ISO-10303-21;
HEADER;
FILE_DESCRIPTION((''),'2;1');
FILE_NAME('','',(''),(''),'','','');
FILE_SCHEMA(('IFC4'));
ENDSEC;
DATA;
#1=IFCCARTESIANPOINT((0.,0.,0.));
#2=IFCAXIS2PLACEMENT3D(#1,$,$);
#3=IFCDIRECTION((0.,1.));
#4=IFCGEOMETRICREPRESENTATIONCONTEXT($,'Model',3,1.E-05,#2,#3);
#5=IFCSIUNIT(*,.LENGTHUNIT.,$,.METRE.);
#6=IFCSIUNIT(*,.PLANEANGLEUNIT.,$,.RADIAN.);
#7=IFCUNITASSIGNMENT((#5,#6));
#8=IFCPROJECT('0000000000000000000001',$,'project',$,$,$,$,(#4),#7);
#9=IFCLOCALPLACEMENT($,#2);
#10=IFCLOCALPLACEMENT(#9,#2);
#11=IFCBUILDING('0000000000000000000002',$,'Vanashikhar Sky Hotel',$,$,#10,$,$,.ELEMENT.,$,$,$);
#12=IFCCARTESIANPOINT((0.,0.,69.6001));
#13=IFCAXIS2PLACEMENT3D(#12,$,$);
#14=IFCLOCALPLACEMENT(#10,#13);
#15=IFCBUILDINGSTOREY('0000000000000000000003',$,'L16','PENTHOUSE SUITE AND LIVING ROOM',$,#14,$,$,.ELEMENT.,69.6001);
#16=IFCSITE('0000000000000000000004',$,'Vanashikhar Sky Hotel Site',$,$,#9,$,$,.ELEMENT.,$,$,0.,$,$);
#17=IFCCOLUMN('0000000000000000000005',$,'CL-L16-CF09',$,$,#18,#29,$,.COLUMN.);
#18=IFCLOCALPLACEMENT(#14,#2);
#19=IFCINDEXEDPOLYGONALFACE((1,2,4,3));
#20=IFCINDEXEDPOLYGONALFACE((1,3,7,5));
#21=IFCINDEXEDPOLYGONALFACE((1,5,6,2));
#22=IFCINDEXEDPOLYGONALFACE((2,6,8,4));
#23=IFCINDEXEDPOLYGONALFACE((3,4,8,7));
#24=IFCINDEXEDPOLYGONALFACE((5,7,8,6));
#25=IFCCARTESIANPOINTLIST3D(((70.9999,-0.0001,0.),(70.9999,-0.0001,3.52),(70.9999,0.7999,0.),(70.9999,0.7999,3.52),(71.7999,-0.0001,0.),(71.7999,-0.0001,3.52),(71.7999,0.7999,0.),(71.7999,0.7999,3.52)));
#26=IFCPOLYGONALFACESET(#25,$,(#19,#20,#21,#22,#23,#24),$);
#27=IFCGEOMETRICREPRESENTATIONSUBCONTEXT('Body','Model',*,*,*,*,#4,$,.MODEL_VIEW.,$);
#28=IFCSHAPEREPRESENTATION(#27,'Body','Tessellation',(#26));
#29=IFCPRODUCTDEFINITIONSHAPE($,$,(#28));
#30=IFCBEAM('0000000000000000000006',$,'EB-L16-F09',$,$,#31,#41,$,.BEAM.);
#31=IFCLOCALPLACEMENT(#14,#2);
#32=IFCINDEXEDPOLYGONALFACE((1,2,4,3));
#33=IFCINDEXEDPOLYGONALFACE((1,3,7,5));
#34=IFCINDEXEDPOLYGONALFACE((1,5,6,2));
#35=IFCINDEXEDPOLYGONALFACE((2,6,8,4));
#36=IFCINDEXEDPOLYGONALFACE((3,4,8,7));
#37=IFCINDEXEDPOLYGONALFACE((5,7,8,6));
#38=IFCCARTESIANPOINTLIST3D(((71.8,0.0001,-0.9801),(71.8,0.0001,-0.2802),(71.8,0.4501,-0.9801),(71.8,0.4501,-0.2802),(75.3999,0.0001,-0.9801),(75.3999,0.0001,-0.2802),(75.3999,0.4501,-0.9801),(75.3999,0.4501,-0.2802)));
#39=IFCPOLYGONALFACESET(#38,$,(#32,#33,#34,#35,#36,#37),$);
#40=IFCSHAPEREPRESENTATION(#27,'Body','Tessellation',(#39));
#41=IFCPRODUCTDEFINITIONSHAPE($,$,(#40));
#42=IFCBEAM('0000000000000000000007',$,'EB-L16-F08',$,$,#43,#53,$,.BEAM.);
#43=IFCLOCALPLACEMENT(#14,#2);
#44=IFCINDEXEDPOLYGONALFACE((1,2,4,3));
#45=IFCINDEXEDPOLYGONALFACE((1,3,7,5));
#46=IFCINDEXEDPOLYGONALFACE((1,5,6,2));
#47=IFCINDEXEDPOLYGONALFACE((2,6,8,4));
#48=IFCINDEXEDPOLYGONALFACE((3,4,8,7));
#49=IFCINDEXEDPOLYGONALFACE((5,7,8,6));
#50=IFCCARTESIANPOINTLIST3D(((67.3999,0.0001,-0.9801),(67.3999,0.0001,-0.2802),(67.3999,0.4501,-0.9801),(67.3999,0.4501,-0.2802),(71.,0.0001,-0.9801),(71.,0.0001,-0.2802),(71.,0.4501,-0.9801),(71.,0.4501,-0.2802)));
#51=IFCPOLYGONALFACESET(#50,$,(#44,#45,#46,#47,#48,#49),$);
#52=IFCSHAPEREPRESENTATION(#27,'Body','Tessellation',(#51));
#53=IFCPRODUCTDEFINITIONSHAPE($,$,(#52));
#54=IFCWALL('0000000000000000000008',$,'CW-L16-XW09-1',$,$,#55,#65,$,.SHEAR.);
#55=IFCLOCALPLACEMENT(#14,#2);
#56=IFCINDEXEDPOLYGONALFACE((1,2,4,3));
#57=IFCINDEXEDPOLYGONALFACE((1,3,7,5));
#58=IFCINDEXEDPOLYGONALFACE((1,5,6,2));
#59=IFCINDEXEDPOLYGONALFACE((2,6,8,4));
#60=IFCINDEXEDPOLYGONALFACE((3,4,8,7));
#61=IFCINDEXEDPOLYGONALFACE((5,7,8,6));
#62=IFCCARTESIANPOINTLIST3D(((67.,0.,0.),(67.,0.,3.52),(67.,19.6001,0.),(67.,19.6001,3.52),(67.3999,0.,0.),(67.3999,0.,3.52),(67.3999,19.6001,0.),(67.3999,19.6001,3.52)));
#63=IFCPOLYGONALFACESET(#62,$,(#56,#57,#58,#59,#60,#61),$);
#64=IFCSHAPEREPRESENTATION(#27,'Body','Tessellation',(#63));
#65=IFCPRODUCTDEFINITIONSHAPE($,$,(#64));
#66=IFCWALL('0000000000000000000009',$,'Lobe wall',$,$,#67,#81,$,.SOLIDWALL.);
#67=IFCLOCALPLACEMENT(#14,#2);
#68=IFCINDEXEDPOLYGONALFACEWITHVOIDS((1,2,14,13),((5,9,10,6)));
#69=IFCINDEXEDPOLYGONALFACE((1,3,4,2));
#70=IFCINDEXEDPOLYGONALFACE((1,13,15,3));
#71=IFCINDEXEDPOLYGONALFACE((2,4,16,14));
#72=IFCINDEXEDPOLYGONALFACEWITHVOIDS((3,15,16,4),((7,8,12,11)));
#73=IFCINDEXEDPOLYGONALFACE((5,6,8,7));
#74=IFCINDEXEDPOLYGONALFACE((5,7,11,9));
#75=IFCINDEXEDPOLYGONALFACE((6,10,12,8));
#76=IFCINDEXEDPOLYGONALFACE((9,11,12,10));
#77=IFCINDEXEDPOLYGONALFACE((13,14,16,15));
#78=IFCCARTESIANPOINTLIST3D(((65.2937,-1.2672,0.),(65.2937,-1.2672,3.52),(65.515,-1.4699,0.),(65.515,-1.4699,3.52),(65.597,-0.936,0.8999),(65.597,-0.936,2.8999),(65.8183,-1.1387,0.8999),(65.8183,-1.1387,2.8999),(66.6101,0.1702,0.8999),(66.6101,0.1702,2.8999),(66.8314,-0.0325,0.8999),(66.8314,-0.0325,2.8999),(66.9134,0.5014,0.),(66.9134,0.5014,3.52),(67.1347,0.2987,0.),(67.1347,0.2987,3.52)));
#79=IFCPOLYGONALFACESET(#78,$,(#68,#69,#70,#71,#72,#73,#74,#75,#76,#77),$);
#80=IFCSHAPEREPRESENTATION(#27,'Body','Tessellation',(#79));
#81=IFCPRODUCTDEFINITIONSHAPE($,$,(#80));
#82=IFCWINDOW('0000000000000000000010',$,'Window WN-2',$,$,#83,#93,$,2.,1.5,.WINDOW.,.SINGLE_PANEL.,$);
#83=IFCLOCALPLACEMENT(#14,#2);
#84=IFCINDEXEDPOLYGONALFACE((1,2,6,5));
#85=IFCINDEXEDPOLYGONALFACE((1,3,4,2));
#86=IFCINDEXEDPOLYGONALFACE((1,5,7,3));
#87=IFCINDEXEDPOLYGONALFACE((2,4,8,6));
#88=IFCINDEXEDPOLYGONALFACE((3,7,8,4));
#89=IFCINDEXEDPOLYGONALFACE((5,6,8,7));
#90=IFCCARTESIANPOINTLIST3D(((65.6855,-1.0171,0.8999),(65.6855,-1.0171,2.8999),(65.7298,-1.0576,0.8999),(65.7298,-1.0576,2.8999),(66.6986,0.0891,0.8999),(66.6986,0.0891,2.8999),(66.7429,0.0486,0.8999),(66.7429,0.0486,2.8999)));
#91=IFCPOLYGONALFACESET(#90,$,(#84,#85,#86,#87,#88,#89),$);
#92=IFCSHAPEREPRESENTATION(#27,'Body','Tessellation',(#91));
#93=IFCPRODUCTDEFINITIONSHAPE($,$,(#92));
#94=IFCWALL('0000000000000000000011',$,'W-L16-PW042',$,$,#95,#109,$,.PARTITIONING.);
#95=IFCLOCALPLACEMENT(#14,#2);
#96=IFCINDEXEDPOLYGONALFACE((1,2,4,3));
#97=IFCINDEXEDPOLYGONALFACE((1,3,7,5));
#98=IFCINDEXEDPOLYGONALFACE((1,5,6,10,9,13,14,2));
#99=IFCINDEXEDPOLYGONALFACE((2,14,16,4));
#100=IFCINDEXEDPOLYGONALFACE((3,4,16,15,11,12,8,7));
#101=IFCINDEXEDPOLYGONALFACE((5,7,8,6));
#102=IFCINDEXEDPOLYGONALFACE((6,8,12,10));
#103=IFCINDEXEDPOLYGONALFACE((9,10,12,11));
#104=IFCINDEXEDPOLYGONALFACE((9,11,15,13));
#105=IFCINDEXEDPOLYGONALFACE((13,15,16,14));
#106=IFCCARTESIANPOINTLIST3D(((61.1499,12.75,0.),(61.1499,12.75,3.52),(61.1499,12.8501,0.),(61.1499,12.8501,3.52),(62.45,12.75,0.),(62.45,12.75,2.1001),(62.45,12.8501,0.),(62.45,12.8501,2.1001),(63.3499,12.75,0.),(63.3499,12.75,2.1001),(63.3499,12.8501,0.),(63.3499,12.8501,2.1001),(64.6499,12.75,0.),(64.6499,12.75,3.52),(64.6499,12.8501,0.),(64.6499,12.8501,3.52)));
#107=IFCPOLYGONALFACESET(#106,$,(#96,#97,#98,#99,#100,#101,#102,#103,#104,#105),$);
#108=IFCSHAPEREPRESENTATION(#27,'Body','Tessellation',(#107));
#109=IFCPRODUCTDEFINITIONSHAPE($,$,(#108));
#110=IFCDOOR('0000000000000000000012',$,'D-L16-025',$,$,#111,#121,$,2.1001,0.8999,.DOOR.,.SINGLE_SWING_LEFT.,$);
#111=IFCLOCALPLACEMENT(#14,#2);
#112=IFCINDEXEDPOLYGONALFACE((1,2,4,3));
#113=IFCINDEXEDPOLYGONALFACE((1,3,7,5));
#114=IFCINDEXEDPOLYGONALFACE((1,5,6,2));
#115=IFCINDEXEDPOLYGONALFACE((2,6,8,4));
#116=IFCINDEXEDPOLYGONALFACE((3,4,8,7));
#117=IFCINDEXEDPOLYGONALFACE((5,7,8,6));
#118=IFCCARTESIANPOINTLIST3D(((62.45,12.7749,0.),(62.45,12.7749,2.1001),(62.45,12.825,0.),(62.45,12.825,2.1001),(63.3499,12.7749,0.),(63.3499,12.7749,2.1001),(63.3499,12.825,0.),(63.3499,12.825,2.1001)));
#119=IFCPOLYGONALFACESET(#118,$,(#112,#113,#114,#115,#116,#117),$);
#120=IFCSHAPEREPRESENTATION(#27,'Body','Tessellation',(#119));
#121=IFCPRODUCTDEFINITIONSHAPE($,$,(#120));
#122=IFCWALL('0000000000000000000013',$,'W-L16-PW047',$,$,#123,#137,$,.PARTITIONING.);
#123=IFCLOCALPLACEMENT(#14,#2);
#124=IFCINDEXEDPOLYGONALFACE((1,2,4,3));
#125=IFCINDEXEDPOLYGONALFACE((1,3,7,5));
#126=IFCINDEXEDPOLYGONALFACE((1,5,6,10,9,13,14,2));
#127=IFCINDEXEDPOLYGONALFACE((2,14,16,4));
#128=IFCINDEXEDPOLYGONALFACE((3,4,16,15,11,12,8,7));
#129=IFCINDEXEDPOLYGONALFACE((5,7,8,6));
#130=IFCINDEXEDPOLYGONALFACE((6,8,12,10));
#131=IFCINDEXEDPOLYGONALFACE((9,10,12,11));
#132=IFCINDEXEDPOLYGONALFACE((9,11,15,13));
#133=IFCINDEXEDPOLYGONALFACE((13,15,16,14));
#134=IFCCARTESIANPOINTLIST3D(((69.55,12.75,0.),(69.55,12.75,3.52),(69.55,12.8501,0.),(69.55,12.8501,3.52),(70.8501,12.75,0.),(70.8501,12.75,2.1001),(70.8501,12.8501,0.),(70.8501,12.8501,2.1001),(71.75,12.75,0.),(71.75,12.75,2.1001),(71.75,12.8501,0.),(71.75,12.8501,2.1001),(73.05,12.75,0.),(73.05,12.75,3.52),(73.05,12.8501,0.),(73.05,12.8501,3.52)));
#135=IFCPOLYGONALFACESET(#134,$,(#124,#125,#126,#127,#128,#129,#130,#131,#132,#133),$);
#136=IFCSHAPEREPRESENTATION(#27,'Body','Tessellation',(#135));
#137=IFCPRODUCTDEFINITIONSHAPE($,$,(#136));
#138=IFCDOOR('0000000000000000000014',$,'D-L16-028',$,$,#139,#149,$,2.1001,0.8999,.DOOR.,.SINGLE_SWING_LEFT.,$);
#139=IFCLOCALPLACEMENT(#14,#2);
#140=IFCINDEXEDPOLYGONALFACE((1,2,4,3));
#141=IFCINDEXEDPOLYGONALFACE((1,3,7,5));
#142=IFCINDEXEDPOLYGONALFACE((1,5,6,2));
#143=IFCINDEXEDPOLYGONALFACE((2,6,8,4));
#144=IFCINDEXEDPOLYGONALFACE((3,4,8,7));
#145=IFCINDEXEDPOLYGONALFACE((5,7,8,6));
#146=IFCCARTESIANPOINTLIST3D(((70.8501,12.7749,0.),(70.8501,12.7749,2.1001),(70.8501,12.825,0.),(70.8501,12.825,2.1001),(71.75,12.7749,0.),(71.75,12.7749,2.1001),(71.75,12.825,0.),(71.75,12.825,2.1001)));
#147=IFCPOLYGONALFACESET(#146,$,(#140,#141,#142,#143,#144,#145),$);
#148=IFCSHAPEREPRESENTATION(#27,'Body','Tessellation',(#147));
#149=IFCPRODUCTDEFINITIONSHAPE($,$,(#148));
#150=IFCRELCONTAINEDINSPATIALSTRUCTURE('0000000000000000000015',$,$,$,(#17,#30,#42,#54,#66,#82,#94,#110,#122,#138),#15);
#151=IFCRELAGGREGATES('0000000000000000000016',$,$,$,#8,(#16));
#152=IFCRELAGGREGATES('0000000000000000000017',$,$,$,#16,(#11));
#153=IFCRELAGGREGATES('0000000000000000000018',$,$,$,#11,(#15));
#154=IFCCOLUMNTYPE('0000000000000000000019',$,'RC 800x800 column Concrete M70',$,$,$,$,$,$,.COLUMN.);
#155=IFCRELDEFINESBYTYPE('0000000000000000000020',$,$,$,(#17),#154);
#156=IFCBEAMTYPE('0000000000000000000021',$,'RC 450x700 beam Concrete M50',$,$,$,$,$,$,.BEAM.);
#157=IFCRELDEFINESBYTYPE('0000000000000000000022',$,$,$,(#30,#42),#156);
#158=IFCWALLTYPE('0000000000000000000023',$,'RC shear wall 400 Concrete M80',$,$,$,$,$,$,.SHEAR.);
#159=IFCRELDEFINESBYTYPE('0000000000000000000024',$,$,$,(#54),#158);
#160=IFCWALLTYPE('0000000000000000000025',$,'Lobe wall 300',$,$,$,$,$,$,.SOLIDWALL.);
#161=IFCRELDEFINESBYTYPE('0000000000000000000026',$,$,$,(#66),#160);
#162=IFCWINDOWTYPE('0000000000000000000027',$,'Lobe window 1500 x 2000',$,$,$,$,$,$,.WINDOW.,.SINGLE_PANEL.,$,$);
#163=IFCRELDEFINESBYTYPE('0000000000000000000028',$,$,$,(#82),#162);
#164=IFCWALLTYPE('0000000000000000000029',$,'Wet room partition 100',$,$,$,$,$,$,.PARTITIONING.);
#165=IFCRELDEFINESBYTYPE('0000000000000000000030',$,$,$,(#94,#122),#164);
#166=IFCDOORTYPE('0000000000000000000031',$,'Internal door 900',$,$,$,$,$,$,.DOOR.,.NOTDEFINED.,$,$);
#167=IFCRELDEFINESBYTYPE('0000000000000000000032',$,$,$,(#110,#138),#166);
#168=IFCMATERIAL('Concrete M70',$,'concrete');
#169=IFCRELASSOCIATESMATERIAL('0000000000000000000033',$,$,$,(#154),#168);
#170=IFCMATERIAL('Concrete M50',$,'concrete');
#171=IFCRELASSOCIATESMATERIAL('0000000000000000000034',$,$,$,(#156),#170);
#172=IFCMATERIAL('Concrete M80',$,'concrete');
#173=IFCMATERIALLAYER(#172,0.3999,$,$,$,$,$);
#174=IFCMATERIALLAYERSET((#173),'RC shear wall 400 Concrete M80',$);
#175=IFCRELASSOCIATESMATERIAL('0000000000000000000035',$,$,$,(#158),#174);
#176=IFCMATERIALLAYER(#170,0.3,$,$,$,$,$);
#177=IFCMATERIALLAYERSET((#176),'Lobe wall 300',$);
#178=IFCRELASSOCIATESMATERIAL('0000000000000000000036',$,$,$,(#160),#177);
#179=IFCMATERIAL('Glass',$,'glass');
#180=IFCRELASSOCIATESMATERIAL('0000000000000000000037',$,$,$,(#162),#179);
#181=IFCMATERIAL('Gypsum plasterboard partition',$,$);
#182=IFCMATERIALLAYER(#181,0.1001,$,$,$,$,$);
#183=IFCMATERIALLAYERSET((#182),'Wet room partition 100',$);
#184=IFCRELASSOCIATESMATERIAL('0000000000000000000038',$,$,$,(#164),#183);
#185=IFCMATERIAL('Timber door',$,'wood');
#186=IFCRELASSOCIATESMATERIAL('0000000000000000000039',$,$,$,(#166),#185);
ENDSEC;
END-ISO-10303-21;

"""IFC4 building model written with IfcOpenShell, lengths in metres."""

from ifc_helpers import new_model, si_unit, direction, frame, frame_2d, origin, origin_2d, place, context, subcontext, project, spatial, rectangle, extrude, source, transform, mapped, material, layer, layer_set, material_profile, profile_set, type_object, element, fill, save


model = new_model("IFC4")

# Units and contexts
model_context = context("Model", 3, precision=1e-05, world=origin(), true_north=direction((0.0, 1.0)))
body_context = subcontext(model_context, "Body", "Model", "MODEL_VIEW")
ifc_project = project(units=[si_unit("LENGTHUNIT", "METRE"), si_unit("PLANEANGLEUNIT", "RADIAN")], contexts=[model_context])

# Site, building, storey
site_placement = place(None, origin())
site = spatial("IfcSite", under=ifc_project, at=site_placement, Name="Vanashikhar Sky Hotel Site", CompositionType="ELEMENT", RefElevation=0.0)
building_placement = place(site_placement, origin())
building = spatial("IfcBuilding", under=site, at=building_placement, Name="Vanashikhar Sky Hotel", CompositionType="ELEMENT")
storey_placement = place(building_placement, frame((0.0, 0.0, 69.6001)))
storey = spatial("IfcBuildingStorey", under=building, at=storey_placement, Name="L16", Description="PENTHOUSE SUITE AND LIVING ROOM", CompositionType="ELEMENT", Elevation=69.6001)

# Column
ifc_material_1 = material(Name="Concrete M70", Category="concrete")
ifc_material_profile_1 = material_profile(ifc_material_1, rectangle(XDim=0.8, YDim=0.8, at=origin_2d()))
ifc_profile_set_1 = profile_set([ifc_material_profile_1], Name="RC 800x800 column Concrete M70")
column_type = type_object("IfcColumnType", Name="RC 800x800 column Concrete M70", PredefinedType="COLUMN", material=ifc_profile_set_1)
shared_shape_1 = source(origin(), body_context, "Body", "SweptSolid", [
    extrude(rectangle(XDim=0.8, YDim=0.8, at=origin_2d()), origin(), (0.0, 0.0, 1.0), 3.52),
])
column_placement = place(storey_placement, frame((71.3999, 0.3999, 0.0), z_axis=(0.0, 0.0, 1.0), x_axis=(1.0, 0.0, 0.0)))
element("IfcColumn", 1, at=column_placement, inside=storey, type_object=column_type, Name="CL-L16-CF09", PredefinedType="COLUMN", context=body_context, shape_type="MappedRepresentation", body=[
    mapped(shared_shape_1, transform((0.0, 0.0, 0.0), scale=1.0)),
])

# Beams
ifc_material_2 = material(Name="Concrete M50", Category="concrete")
ifc_material_profile_2 = material_profile(ifc_material_2, rectangle(XDim=0.45, YDim=0.7, at=origin_2d()))
ifc_profile_set_2 = profile_set([ifc_material_profile_2], Name="RC 450x700 beam Concrete M50")
beam_type = type_object("IfcBeamType", Name="RC 450x700 beam Concrete M50", PredefinedType="BEAM", material=ifc_profile_set_2)
shared_shape_2 = source(origin(), body_context, "Body", "SweptSolid", [
    extrude(rectangle(XDim=0.45, YDim=0.7, at=origin_2d()), origin(), (0.0, 0.0, 1.0), 3.5999),
])
beam_1_placement = place(storey_placement, frame((71.8, 0.2251, -0.6301), z_axis=(1.0, 0.0, 0.0), x_axis=(0.0, 1.0, 0.0)))
element("IfcBeam", 2, at=beam_1_placement, inside=storey, type_object=beam_type, Name="EB-L16-F09", PredefinedType="BEAM", context=body_context, shape_type="MappedRepresentation", body=[
    mapped(shared_shape_2, transform((0.0, 0.0, 0.0), scale=1.0)),
])
shared_shape_3 = source(origin(), body_context, "Body", "SweptSolid", [
    extrude(rectangle(XDim=0.45, YDim=0.7, at=origin_2d()), origin(), (0.0, 0.0, 1.0), 3.6001),
])
beam_2_placement = place(storey_placement, frame((67.3999, 0.2251, -0.6301), z_axis=(1.0, 0.0, 0.0), x_axis=(0.0, 1.0, 0.0)))
element("IfcBeam", 3, at=beam_2_placement, inside=storey, type_object=beam_type, Name="EB-L16-F08", PredefinedType="BEAM", context=body_context, shape_type="MappedRepresentation", body=[
    mapped(shared_shape_3, transform((0.0, 0.0, 0.0), scale=1.0)),
])

# Wall
ifc_material_3 = material(Name="Concrete M80", Category="concrete")
ifc_layer_1 = layer(ifc_material_3, 0.3999)
ifc_layer_set_1 = layer_set([ifc_layer_1], Name="RC shear wall 400 Concrete M80")
wall_type_1 = type_object("IfcWallType", Name="RC shear wall 400 Concrete M80", PredefinedType="SHEAR", material=ifc_layer_set_1)
shared_shape_4 = source(origin(), body_context, "Body", "SweptSolid", [
    extrude(rectangle(XDim=19.6001, YDim=0.3999, at=frame_2d((9.8, 0.0))), origin(), (0.0, 0.0, 1.0), 3.52),
])
wall_1_placement = place(storey_placement, frame((67.2, 0.0, 0.0), z_axis=(0.0, 0.0, 1.0), x_axis=(0.0, 1.0, 0.0)))
element("IfcWall", 4, at=wall_1_placement, inside=storey, type_object=wall_type_1, Name="CW-L16-XW09-1", PredefinedType="SHEAR", context=body_context, shape_type="MappedRepresentation", body=[
    mapped(shared_shape_4, transform((0.0, 0.0, 0.0), scale=1.0)),
])

# Wall, opening, window
ifc_layer_2 = layer(ifc_material_2, 0.3)
ifc_layer_set_2 = layer_set([ifc_layer_2], Name="Lobe wall 300")
wall_type_2 = type_object("IfcWallType", Name="Lobe wall 300", PredefinedType="SOLIDWALL", material=ifc_layer_set_2)
shared_shape_5 = source(origin(), body_context, "Body", "SweptSolid", [
    extrude(rectangle(XDim=2.3982, YDim=0.3, at=frame_2d((1.1992, 0.0))), origin(), (0.0, 0.0, 1.0), 3.52),
])
wall_2_placement = place(storey_placement, frame((65.4043, -1.3687, 0.0), z_axis=(0.0, 0.0, 1.0), x_axis=(0.675374, 0.737475, 0.0)))
wall_2 = element("IfcWall", 5, at=wall_2_placement, inside=storey, type_object=wall_type_2, Name="Lobe wall", PredefinedType="SOLIDWALL", context=body_context, shape_type="MappedRepresentation", body=[
    mapped(shared_shape_5, transform((0.0, 0.0, 0.0), scale=1.0)),
])
shared_shape_6 = source(origin(), body_context, "Body", "SweptSolid", [
    extrude(rectangle(XDim=1.5, YDim=2.0, at=frame_2d((0.75, 1.0))), frame((0.0, 0.1602, 0.0), z_axis=(0.0, -1.0, 0.0), x_axis=(1.0, 0.0, 0.0)), (0.0, 0.0, 1.0), 0.3201),
])
opening_1_placement = place(wall_2_placement, frame((0.4492, 0.0, 0.8999)))
opening_1 = element("IfcOpeningElement", 6, at=opening_1_placement, cuts=wall_2, PredefinedType="OPENING", context=body_context, shape_type="MappedRepresentation", body=[
    mapped(shared_shape_6, transform((0.0, 0.0, 0.0), scale=1.0)),
])
ifc_material_4 = material(Name="Glass", Category="glass")
window_type_1 = type_object("IfcWindowType", Name="Lobe window 1500 x 2000", PartitioningType="SINGLE_PANEL", PredefinedType="WINDOW", material=ifc_material_4)
shared_shape_7 = source(origin(), body_context, "Body", "SweptSolid", [
    extrude(rectangle(XDim=1.5, YDim=2.0, at=frame_2d((0.75, 1.0))), frame((0.0, 0.03, 0.0), z_axis=(0.0, -1.0, 0.0), x_axis=(1.0, 0.0, 0.0)), (0.0, 0.0, 1.0), 0.0601),
])
window_1_placement = place(opening_1_placement, origin())
window_1 = element("IfcWindow", 7, at=window_1_placement, inside=storey, type_object=window_type_1, Name="Window WN-2", OverallHeight=2.0, OverallWidth=1.5, PartitioningType="SINGLE_PANEL", PredefinedType="WINDOW", context=body_context, shape_type="MappedRepresentation", body=[
    mapped(shared_shape_7, transform((0.0, 0.0, 0.0), scale=1.0)),
])
fill(opening_1, window_1)

# Walls, openings, doors
ifc_material_5 = material(Name="Gypsum plasterboard partition")
ifc_layer_3 = layer(ifc_material_5, 0.1001)
ifc_layer_set_3 = layer_set([ifc_layer_3], Name="Wet room partition 100")
wall_type_3 = type_object("IfcWallType", Name="Wet room partition 100", PredefinedType="PARTITIONING", material=ifc_layer_set_3)
shared_shape_8 = source(origin(), body_context, "Body", "SweptSolid", [
    extrude(rectangle(XDim=3.5, YDim=0.1001, at=frame_2d((1.75, 0.0))), origin(), (0.0, 0.0, 1.0), 3.52),
])
wall_3_placement = place(storey_placement, frame((61.1499, 12.8, 0.0), z_axis=(0.0, 0.0, 1.0), x_axis=(1.0, 0.0, 0.0)))
wall_3 = element("IfcWall", 8, at=wall_3_placement, inside=storey, type_object=wall_type_3, Name="W-L16-PW042", PredefinedType="PARTITIONING", context=body_context, shape_type="MappedRepresentation", body=[
    mapped(shared_shape_8, transform((0.0, 0.0, 0.0), scale=1.0)),
])
shared_shape_9 = source(origin(), body_context, "Body", "SweptSolid", [
    extrude(rectangle(XDim=0.8999, YDim=2.1001, at=frame_2d((0.45, 1.05))), frame((0.0, 0.0601, 0.0), z_axis=(0.0, -1.0, 0.0), x_axis=(1.0, 0.0, 0.0)), (0.0, 0.0, 1.0), 0.1201),
])
opening_2_placement = place(wall_3_placement, frame((1.3, 0.0, 0.0)))
opening_2 = element("IfcOpeningElement", 9, at=opening_2_placement, cuts=wall_3, PredefinedType="OPENING", context=body_context, shape_type="MappedRepresentation", body=[
    mapped(shared_shape_9, transform((0.0, 0.0, 0.0), scale=1.0)),
])
ifc_material_6 = material(Name="Timber door", Category="wood")
door_type_1 = type_object("IfcDoorType", Name="Internal door 900", OperationType="NOTDEFINED", PredefinedType="DOOR", material=ifc_material_6)
shared_shape_10 = source(origin(), body_context, "Body", "SweptSolid", [
    extrude(rectangle(XDim=0.8999, YDim=2.1001, at=frame_2d((0.45, 1.05))), frame((0.0, 0.0249, 0.0), z_axis=(0.0, -1.0, 0.0), x_axis=(1.0, 0.0, 0.0)), (0.0, 0.0, 1.0), 0.05),
])
door_1_placement = place(opening_2_placement, origin())
door_1 = element("IfcDoor", 10, at=door_1_placement, inside=storey, type_object=door_type_1, Name="D-L16-025", OperationType="SINGLE_SWING_LEFT", OverallHeight=2.1001, OverallWidth=0.8999, PredefinedType="DOOR", context=body_context, shape_type="MappedRepresentation", body=[
    mapped(shared_shape_10, transform((0.0, 0.0, 0.0), scale=1.0)),
])
fill(opening_2, door_1)
wall_4_placement = place(storey_placement, frame((69.55, 12.8, 0.0), z_axis=(0.0, 0.0, 1.0), x_axis=(1.0, 0.0, 0.0)))
wall_4 = element("IfcWall", 11, at=wall_4_placement, inside=storey, type_object=wall_type_3, Name="W-L16-PW047", PredefinedType="PARTITIONING", context=body_context, shape_type="MappedRepresentation", body=[
    mapped(shared_shape_8, transform((0.0, 0.0, 0.0), scale=1.0)),
])
opening_3_placement = place(wall_4_placement, frame((1.3, 0.0, 0.0)))
opening_3 = element("IfcOpeningElement", 12, at=opening_3_placement, cuts=wall_4, PredefinedType="OPENING", context=body_context, shape_type="MappedRepresentation", body=[
    mapped(shared_shape_9, transform((0.0, 0.0, 0.0), scale=1.0)),
])
door_2_placement = place(opening_3_placement, origin())
door_2 = element("IfcDoor", 13, at=door_2_placement, inside=storey, type_object=door_type_1, Name="D-L16-028", OperationType="SINGLE_SWING_LEFT", OverallHeight=2.1001, OverallWidth=0.8999, PredefinedType="DOOR", context=body_context, shape_type="MappedRepresentation", body=[
    mapped(shared_shape_10, transform((0.0, 0.0, 0.0), scale=1.0)),
])
fill(opening_3, door_2)

save(model, "model.ifc")
